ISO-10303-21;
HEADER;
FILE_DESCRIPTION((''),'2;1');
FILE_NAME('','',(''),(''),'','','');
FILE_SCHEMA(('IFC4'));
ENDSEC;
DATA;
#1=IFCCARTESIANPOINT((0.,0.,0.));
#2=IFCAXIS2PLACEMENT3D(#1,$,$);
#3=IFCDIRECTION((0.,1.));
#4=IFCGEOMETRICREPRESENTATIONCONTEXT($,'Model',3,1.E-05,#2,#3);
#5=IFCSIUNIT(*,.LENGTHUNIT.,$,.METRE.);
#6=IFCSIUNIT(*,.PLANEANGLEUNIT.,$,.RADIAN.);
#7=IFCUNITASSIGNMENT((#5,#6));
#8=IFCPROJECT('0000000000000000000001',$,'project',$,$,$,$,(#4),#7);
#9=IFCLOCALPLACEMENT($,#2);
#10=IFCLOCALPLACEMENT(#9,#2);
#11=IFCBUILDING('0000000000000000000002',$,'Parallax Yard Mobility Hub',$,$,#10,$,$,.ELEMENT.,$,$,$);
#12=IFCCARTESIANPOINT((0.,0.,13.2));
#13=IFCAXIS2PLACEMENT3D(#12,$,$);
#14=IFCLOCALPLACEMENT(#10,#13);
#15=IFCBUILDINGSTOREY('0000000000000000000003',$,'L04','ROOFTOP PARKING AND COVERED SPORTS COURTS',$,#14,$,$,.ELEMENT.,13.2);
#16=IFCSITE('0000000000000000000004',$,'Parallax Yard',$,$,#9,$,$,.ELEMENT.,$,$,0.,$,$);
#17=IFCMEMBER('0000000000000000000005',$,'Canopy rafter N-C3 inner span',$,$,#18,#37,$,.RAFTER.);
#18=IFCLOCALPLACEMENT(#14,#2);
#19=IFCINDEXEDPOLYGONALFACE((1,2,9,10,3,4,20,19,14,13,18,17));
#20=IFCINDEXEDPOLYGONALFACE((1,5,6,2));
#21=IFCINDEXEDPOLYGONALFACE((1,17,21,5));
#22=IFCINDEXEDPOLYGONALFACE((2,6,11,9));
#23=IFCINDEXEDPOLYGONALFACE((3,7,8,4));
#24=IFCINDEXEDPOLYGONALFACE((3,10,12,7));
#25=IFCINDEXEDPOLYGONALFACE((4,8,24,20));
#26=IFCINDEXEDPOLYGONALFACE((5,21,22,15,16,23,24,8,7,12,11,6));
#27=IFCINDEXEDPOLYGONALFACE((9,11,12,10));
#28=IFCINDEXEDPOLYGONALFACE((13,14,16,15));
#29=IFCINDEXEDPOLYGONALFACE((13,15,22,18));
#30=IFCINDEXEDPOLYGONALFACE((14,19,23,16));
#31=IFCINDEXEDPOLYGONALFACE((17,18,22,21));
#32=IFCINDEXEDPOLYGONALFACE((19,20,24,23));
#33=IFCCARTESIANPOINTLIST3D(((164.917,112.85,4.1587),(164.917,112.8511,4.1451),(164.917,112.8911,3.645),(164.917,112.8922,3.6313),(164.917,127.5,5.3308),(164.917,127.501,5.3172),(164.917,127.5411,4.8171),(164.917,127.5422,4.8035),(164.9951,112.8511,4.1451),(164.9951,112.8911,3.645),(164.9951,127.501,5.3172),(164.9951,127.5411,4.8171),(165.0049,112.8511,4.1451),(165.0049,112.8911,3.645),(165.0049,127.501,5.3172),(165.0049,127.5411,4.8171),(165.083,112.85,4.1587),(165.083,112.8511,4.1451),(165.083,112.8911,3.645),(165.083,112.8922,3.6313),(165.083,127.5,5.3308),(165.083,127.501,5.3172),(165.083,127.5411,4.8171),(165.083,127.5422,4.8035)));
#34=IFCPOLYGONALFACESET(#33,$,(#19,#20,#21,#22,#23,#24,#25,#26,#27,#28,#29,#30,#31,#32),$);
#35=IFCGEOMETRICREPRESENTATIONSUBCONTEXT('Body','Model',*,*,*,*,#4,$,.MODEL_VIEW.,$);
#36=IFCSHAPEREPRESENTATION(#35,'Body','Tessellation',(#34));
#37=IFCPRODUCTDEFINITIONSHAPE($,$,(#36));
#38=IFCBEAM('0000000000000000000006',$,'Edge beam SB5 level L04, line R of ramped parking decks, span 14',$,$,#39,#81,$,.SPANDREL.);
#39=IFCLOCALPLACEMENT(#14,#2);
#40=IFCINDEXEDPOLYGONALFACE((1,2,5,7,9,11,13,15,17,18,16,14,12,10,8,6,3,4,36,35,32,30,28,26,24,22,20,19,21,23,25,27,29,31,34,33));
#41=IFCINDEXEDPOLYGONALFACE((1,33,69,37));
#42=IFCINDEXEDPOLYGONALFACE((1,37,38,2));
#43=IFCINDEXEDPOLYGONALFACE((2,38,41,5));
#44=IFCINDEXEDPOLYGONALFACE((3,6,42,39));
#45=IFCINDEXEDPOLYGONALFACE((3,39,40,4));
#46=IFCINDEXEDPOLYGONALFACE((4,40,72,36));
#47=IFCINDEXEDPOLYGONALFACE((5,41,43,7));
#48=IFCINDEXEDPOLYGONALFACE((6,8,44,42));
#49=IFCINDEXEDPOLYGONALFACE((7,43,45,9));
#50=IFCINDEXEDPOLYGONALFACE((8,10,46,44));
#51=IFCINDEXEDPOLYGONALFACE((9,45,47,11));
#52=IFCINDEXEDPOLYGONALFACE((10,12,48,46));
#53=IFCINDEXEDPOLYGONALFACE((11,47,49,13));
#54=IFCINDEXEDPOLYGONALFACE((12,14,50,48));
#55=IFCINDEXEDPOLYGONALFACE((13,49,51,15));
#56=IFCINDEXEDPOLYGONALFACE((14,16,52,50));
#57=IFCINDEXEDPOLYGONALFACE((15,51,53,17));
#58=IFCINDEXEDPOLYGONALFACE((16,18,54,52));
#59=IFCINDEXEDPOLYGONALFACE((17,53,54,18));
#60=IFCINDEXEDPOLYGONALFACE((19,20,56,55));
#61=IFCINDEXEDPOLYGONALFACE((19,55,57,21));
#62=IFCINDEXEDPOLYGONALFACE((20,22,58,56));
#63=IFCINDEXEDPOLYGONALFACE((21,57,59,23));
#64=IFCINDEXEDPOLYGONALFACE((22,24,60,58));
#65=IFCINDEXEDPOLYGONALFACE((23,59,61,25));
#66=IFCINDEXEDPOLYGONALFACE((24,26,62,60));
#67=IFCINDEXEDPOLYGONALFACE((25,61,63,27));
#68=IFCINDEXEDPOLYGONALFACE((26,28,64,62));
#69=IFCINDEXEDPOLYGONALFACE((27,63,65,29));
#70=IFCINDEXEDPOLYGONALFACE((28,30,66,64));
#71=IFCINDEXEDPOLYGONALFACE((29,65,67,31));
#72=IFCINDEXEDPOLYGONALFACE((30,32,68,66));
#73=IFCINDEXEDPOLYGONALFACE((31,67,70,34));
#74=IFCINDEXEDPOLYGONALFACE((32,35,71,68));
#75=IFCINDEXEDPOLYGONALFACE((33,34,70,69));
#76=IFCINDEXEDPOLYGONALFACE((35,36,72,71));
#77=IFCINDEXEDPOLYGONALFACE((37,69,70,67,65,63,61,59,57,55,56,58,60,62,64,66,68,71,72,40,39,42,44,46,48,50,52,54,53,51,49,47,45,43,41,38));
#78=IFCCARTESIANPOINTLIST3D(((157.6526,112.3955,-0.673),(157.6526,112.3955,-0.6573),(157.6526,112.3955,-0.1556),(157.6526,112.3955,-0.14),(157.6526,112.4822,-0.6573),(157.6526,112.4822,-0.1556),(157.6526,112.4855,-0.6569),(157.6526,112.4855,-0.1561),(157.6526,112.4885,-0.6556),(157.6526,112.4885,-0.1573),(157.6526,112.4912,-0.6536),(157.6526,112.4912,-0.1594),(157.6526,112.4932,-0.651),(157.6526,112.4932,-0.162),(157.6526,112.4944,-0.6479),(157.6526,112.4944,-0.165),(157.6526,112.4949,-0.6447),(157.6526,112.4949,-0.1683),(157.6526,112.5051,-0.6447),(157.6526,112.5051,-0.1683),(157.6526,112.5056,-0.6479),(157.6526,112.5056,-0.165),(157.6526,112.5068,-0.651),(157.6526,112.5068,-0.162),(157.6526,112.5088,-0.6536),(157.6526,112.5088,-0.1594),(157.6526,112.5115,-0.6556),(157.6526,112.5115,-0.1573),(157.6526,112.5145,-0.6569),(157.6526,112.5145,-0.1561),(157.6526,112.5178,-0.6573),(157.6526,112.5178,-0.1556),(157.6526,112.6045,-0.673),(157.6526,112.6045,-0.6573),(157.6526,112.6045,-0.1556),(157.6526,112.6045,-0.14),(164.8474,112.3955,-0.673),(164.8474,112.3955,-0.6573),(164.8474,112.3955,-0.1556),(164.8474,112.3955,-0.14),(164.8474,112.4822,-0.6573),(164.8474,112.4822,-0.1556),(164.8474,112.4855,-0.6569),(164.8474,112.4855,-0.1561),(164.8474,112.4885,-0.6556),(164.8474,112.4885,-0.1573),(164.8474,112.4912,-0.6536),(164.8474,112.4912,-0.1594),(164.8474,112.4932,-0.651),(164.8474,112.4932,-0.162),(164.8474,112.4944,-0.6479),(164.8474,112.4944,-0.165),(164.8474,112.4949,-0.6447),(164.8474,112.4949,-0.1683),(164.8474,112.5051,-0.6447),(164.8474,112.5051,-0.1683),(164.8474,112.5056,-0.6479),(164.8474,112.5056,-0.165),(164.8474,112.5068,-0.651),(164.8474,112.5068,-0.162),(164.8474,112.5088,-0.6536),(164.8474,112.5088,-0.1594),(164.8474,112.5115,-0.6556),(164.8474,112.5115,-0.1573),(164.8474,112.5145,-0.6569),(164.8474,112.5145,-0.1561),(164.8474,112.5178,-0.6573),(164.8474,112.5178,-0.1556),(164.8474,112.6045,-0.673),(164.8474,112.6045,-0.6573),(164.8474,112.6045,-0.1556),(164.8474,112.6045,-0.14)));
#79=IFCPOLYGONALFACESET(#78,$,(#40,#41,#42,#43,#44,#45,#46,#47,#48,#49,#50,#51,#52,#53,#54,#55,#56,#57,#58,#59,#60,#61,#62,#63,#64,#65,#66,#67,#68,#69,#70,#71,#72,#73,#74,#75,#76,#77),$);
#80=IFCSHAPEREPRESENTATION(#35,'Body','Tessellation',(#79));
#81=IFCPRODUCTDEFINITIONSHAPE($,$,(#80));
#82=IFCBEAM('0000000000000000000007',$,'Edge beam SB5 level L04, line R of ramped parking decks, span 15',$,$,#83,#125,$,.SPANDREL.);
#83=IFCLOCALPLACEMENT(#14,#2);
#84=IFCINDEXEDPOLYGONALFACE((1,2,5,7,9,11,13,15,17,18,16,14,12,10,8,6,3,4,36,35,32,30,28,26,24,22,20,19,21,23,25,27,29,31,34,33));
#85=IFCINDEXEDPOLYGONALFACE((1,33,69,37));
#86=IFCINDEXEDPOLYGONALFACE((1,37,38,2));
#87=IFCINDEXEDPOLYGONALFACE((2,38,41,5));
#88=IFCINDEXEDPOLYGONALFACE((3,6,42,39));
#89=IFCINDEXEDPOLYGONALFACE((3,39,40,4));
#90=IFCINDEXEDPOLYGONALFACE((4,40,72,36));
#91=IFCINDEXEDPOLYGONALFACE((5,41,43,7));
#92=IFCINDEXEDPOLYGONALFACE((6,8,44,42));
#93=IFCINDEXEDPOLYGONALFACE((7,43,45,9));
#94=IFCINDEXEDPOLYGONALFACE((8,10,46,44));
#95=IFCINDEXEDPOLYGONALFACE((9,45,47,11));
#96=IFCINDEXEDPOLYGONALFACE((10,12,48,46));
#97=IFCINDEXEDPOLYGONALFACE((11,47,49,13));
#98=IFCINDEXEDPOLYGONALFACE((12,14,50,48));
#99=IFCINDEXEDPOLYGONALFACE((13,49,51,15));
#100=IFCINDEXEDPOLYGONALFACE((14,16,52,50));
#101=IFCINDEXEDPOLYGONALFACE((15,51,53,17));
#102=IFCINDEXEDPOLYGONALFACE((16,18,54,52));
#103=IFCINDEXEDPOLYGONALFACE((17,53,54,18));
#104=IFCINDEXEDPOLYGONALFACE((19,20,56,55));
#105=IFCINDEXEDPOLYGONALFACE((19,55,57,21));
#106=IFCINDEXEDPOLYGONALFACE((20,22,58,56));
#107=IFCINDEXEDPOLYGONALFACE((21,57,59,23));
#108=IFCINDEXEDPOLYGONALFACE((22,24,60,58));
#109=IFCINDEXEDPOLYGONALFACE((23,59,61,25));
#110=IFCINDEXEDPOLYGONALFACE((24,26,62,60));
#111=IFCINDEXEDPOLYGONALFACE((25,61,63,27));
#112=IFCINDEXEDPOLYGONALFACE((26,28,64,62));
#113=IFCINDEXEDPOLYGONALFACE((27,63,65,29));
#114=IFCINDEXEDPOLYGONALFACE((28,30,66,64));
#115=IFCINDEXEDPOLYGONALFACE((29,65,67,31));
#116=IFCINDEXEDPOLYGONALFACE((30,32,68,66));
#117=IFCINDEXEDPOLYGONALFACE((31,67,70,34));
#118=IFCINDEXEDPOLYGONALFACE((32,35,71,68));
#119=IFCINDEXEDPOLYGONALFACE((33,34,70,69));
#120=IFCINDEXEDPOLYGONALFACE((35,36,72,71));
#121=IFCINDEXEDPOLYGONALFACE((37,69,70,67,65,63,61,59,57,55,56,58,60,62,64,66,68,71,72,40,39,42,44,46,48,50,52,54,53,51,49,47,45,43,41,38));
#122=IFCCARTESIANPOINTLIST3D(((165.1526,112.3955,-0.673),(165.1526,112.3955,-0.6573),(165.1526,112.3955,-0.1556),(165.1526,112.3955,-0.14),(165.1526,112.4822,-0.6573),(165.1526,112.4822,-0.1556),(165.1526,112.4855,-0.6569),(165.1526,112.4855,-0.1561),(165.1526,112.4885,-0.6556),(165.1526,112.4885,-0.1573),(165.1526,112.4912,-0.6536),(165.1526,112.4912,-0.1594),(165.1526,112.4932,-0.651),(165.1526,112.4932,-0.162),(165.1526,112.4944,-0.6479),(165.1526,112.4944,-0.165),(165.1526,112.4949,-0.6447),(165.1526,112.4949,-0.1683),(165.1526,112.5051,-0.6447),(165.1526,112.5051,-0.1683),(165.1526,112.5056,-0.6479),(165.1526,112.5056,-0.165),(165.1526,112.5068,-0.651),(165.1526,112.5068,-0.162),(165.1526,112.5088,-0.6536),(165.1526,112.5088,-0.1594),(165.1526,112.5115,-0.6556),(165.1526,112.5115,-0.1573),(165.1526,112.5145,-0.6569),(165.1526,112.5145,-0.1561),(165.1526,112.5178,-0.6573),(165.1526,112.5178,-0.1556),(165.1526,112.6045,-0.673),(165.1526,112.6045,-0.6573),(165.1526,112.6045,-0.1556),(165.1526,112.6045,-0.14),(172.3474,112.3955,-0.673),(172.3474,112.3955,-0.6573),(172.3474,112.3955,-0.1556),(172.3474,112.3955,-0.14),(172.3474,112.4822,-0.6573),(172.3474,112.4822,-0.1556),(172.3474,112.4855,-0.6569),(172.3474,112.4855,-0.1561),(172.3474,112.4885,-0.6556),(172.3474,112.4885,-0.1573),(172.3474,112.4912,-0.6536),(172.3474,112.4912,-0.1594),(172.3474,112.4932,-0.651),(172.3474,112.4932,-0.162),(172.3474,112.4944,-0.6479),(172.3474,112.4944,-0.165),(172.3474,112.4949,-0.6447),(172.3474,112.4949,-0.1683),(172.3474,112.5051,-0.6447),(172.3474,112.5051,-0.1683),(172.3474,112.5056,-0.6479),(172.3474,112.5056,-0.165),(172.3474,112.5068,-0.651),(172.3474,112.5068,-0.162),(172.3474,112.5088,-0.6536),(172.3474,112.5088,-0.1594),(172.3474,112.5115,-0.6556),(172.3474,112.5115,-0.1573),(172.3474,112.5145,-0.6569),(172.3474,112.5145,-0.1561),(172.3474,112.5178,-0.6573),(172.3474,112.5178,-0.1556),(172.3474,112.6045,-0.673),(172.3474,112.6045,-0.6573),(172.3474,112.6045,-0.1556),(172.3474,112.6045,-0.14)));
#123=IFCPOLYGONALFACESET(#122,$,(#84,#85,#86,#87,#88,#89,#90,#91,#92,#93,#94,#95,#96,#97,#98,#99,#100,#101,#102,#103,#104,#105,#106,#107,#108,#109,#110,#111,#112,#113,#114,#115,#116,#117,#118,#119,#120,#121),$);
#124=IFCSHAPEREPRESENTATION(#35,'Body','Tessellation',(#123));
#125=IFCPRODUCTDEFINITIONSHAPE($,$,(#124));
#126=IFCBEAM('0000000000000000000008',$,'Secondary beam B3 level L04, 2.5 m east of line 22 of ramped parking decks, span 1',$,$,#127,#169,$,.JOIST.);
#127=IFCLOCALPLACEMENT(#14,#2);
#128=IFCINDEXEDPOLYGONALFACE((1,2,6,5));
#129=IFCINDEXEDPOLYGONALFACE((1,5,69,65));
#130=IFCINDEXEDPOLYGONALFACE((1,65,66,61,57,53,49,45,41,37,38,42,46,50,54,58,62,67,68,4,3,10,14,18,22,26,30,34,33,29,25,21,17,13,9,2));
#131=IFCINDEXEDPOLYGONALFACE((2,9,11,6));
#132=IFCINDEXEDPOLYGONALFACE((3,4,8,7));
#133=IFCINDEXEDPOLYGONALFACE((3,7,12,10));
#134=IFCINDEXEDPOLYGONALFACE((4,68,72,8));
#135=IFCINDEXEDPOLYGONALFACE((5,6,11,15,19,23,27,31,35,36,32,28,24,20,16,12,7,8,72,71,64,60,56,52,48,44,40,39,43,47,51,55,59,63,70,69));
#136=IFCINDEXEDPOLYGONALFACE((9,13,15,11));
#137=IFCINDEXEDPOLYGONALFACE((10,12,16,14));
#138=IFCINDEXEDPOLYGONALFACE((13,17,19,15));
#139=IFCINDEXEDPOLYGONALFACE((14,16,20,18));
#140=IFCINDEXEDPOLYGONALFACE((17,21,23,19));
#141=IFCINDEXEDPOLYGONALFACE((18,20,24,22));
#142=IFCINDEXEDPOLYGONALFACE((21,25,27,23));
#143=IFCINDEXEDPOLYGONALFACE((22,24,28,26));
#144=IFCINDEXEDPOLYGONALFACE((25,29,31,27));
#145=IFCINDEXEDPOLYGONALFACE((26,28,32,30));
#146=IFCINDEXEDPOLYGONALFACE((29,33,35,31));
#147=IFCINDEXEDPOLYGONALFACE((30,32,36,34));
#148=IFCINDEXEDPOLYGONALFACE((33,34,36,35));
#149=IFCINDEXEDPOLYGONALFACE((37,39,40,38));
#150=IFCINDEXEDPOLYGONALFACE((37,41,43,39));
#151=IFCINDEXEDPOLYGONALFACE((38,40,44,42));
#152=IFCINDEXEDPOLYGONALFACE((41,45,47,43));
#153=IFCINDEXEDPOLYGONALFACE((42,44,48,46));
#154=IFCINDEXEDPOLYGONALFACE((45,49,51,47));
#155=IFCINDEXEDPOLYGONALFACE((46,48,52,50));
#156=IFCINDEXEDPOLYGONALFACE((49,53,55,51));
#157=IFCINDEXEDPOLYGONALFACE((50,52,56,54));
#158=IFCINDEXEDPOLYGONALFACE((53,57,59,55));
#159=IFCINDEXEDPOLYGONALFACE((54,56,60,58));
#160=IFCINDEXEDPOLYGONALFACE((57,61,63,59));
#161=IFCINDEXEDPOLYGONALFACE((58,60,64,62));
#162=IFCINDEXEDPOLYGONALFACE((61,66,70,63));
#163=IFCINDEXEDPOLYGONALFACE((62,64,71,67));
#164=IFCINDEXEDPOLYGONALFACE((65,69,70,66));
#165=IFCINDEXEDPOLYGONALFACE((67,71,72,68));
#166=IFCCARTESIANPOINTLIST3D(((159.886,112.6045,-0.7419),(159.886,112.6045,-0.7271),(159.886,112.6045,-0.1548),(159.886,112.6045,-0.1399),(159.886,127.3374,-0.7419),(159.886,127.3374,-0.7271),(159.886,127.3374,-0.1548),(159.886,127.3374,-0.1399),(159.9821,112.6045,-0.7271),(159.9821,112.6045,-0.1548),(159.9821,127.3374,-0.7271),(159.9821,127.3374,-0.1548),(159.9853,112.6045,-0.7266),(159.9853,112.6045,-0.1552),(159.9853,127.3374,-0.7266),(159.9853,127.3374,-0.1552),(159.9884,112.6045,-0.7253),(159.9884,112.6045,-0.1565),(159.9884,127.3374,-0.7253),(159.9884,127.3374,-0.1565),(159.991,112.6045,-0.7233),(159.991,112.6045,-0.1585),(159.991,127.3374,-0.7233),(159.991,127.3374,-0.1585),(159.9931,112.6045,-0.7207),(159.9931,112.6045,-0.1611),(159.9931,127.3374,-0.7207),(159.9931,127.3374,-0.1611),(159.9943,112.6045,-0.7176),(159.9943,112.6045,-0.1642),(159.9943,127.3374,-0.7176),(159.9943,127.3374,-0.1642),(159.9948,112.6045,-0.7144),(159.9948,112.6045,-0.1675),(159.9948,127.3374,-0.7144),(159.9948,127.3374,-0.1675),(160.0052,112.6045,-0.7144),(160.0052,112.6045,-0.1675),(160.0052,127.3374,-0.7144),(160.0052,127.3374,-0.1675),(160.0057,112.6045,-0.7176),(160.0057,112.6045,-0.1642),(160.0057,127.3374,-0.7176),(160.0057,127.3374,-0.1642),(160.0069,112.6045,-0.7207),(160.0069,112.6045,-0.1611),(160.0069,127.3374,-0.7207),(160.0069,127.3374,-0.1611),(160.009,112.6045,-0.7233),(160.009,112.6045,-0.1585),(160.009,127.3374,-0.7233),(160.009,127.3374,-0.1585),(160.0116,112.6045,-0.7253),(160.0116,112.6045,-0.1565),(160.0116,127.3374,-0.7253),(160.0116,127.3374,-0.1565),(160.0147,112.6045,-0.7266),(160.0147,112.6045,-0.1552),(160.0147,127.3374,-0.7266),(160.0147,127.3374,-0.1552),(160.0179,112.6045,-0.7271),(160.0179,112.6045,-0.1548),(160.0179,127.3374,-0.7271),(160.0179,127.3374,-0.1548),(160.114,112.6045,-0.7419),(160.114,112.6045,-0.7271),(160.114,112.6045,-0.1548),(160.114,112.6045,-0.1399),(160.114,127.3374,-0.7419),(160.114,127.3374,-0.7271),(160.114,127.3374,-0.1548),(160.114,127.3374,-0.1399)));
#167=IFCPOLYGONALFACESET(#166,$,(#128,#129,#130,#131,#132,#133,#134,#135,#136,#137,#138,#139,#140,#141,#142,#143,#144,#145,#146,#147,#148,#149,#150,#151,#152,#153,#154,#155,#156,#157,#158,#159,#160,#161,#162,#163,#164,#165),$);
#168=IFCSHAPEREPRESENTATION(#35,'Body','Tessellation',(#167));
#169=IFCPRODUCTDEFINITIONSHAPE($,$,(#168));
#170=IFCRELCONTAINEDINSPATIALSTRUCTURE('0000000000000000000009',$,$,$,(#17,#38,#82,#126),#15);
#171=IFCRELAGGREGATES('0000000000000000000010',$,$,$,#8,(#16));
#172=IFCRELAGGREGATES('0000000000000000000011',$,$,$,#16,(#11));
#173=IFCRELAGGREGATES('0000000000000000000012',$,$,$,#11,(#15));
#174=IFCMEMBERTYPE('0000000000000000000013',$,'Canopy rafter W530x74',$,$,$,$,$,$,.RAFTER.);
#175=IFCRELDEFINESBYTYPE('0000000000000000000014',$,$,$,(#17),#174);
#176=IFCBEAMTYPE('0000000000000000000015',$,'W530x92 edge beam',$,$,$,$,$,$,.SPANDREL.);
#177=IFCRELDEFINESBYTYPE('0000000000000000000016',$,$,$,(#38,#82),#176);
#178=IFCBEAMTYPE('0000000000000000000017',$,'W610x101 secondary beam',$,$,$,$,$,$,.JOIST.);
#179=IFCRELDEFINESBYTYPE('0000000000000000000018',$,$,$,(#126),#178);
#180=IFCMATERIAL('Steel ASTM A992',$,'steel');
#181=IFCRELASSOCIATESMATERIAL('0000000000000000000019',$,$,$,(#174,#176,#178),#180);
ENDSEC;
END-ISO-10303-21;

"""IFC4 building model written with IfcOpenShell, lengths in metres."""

from ifc_helpers import new_model, si_unit, direction, frame, origin, origin_2d, place, context, subcontext, project, spatial, i_section, extrude, material, material_profile, profile_set, type_object, element, save


model = new_model("IFC4")

# Units and contexts
model_context = context("Model", 3, precision=1e-05, world=origin(), true_north=direction((0.0, 1.0)))
body_context = subcontext(model_context, "Body", "Model", "MODEL_VIEW")
ifc_project = project(units=[si_unit("LENGTHUNIT", "METRE"), si_unit("PLANEANGLEUNIT", "RADIAN")], contexts=[model_context])

# Site, building, storey
site_placement = place(None, origin())
site = spatial("IfcSite", under=ifc_project, at=site_placement, Name="Parallax Yard", CompositionType="ELEMENT", RefElevation=0.0)
building_placement = place(site_placement, origin())
building = spatial("IfcBuilding", under=site, at=building_placement, Name="Parallax Yard Mobility Hub", CompositionType="ELEMENT")
storey_placement = place(building_placement, frame((0.0, 0.0, 13.2)))
storey = spatial("IfcBuildingStorey", under=building, at=storey_placement, Name="L04", Description="ROOFTOP PARKING AND COVERED SPORTS COURTS", CompositionType="ELEMENT", Elevation=13.2)

# Member
ifc_material_1 = material(Name="Steel ASTM A992", Category="steel")
ifc_material_profile_1 = material_profile(ifc_material_1, i_section(OverallWidth=0.166, OverallDepth=0.5291, WebThickness=0.0098, FlangeThickness=0.0137, at=origin_2d()), Name="W530x74")
ifc_profile_set_1 = profile_set([ifc_material_profile_1], Name="Steel ASTM A992")
member_type_1 = type_object("IfcMemberType", Name="Canopy rafter W530x74", PredefinedType="RAFTER", material=ifc_profile_set_1)
for number, where, z_axis, x_axis, name in (
    (1, (165.0, 112.8711, 3.895), (0.0, 0.996815, 0.079754), (-1.0, 0.0, 0.0), "Canopy rafter N-C3 inner span"),
):
    element("IfcMember", number, at=place(storey_placement, frame(where, z_axis=z_axis, x_axis=x_axis)), inside=storey, type_object=member_type_1, Name=name, PredefinedType="RAFTER", context=body_context, shape_type="SweptSolid", body=[
        extrude(i_section(OverallWidth=0.166, OverallDepth=0.5291, WebThickness=0.0098, FlangeThickness=0.0137, at=origin_2d()), origin(), (0.0, 0.0, 1.0), 14.6968),
    ])

# Beams
ifc_material_profile_2 = material_profile(ifc_material_1, i_section(OverallWidth=0.209, OverallDepth=0.533, WebThickness=0.0103, FlangeThickness=0.0156, FilletRadius=0.0127, at=origin_2d()), Name="W530x92")
ifc_profile_set_2 = profile_set([ifc_material_profile_2], Name="Steel ASTM A992")
beam_type_1 = type_object("IfcBeamType", Name="W530x92 edge beam", PredefinedType="SPANDREL", material=ifc_profile_set_2)
for number, where, z_axis, x_axis, name in (
    (2, (157.6526, 112.5, -0.4065), (1.0, 0.0, 0.0), (0.0, 1.0, 0.0), "Edge beam SB5 level L04, line R of ramped parking decks, span 14"),
    (3, (165.1526, 112.5, -0.4065), (1.0, 0.0, 0.0), (0.0, 1.0, 0.0), "Edge beam SB5 level L04, line R of ramped parking decks, span 15"),
):
    element("IfcBeam", number, at=place(storey_placement, frame(where, z_axis=z_axis, x_axis=x_axis)), inside=storey, type_object=beam_type_1, Name=name, PredefinedType="SPANDREL", context=body_context, shape_type="SweptSolid", body=[
        extrude(i_section(OverallWidth=0.209, OverallDepth=0.533, WebThickness=0.0103, FlangeThickness=0.0156, FilletRadius=0.0127, at=origin_2d()), origin(), (0.0, 0.0, 1.0), 7.1948),
    ])
ifc_material_profile_3 = material_profile(ifc_material_1, i_section(OverallWidth=0.228, OverallDepth=0.6021, WebThickness=0.0105, FlangeThickness=0.0149, FilletRadius=0.0127, at=origin_2d()), Name="W610x101")
ifc_profile_set_3 = profile_set([ifc_material_profile_3], Name="Steel ASTM A992")
beam_type_2 = type_object("IfcBeamType", Name="W610x101 secondary beam", PredefinedType="JOIST", material=ifc_profile_set_3)
for number, where, z_axis, x_axis, name in (
    (4, (160.0, 112.6045, -0.4409), (0.0, 1.0, 0.0), (-1.0, 0.0, 0.0), "Secondary beam B3 level L04, 2.5 m east of line 22 of ramped parking decks, span 1"),
):
    element("IfcBeam", number, at=place(storey_placement, frame(where, z_axis=z_axis, x_axis=x_axis)), inside=storey, type_object=beam_type_2, Name=name, PredefinedType="JOIST", context=body_context, shape_type="SweptSolid", body=[
        extrude(i_section(OverallWidth=0.228, OverallDepth=0.6021, WebThickness=0.0105, FlangeThickness=0.0149, FilletRadius=0.0127, at=origin_2d()), origin(), (0.0, 0.0, 1.0), 14.7329),
    ])

save(model, "model.ifc")
